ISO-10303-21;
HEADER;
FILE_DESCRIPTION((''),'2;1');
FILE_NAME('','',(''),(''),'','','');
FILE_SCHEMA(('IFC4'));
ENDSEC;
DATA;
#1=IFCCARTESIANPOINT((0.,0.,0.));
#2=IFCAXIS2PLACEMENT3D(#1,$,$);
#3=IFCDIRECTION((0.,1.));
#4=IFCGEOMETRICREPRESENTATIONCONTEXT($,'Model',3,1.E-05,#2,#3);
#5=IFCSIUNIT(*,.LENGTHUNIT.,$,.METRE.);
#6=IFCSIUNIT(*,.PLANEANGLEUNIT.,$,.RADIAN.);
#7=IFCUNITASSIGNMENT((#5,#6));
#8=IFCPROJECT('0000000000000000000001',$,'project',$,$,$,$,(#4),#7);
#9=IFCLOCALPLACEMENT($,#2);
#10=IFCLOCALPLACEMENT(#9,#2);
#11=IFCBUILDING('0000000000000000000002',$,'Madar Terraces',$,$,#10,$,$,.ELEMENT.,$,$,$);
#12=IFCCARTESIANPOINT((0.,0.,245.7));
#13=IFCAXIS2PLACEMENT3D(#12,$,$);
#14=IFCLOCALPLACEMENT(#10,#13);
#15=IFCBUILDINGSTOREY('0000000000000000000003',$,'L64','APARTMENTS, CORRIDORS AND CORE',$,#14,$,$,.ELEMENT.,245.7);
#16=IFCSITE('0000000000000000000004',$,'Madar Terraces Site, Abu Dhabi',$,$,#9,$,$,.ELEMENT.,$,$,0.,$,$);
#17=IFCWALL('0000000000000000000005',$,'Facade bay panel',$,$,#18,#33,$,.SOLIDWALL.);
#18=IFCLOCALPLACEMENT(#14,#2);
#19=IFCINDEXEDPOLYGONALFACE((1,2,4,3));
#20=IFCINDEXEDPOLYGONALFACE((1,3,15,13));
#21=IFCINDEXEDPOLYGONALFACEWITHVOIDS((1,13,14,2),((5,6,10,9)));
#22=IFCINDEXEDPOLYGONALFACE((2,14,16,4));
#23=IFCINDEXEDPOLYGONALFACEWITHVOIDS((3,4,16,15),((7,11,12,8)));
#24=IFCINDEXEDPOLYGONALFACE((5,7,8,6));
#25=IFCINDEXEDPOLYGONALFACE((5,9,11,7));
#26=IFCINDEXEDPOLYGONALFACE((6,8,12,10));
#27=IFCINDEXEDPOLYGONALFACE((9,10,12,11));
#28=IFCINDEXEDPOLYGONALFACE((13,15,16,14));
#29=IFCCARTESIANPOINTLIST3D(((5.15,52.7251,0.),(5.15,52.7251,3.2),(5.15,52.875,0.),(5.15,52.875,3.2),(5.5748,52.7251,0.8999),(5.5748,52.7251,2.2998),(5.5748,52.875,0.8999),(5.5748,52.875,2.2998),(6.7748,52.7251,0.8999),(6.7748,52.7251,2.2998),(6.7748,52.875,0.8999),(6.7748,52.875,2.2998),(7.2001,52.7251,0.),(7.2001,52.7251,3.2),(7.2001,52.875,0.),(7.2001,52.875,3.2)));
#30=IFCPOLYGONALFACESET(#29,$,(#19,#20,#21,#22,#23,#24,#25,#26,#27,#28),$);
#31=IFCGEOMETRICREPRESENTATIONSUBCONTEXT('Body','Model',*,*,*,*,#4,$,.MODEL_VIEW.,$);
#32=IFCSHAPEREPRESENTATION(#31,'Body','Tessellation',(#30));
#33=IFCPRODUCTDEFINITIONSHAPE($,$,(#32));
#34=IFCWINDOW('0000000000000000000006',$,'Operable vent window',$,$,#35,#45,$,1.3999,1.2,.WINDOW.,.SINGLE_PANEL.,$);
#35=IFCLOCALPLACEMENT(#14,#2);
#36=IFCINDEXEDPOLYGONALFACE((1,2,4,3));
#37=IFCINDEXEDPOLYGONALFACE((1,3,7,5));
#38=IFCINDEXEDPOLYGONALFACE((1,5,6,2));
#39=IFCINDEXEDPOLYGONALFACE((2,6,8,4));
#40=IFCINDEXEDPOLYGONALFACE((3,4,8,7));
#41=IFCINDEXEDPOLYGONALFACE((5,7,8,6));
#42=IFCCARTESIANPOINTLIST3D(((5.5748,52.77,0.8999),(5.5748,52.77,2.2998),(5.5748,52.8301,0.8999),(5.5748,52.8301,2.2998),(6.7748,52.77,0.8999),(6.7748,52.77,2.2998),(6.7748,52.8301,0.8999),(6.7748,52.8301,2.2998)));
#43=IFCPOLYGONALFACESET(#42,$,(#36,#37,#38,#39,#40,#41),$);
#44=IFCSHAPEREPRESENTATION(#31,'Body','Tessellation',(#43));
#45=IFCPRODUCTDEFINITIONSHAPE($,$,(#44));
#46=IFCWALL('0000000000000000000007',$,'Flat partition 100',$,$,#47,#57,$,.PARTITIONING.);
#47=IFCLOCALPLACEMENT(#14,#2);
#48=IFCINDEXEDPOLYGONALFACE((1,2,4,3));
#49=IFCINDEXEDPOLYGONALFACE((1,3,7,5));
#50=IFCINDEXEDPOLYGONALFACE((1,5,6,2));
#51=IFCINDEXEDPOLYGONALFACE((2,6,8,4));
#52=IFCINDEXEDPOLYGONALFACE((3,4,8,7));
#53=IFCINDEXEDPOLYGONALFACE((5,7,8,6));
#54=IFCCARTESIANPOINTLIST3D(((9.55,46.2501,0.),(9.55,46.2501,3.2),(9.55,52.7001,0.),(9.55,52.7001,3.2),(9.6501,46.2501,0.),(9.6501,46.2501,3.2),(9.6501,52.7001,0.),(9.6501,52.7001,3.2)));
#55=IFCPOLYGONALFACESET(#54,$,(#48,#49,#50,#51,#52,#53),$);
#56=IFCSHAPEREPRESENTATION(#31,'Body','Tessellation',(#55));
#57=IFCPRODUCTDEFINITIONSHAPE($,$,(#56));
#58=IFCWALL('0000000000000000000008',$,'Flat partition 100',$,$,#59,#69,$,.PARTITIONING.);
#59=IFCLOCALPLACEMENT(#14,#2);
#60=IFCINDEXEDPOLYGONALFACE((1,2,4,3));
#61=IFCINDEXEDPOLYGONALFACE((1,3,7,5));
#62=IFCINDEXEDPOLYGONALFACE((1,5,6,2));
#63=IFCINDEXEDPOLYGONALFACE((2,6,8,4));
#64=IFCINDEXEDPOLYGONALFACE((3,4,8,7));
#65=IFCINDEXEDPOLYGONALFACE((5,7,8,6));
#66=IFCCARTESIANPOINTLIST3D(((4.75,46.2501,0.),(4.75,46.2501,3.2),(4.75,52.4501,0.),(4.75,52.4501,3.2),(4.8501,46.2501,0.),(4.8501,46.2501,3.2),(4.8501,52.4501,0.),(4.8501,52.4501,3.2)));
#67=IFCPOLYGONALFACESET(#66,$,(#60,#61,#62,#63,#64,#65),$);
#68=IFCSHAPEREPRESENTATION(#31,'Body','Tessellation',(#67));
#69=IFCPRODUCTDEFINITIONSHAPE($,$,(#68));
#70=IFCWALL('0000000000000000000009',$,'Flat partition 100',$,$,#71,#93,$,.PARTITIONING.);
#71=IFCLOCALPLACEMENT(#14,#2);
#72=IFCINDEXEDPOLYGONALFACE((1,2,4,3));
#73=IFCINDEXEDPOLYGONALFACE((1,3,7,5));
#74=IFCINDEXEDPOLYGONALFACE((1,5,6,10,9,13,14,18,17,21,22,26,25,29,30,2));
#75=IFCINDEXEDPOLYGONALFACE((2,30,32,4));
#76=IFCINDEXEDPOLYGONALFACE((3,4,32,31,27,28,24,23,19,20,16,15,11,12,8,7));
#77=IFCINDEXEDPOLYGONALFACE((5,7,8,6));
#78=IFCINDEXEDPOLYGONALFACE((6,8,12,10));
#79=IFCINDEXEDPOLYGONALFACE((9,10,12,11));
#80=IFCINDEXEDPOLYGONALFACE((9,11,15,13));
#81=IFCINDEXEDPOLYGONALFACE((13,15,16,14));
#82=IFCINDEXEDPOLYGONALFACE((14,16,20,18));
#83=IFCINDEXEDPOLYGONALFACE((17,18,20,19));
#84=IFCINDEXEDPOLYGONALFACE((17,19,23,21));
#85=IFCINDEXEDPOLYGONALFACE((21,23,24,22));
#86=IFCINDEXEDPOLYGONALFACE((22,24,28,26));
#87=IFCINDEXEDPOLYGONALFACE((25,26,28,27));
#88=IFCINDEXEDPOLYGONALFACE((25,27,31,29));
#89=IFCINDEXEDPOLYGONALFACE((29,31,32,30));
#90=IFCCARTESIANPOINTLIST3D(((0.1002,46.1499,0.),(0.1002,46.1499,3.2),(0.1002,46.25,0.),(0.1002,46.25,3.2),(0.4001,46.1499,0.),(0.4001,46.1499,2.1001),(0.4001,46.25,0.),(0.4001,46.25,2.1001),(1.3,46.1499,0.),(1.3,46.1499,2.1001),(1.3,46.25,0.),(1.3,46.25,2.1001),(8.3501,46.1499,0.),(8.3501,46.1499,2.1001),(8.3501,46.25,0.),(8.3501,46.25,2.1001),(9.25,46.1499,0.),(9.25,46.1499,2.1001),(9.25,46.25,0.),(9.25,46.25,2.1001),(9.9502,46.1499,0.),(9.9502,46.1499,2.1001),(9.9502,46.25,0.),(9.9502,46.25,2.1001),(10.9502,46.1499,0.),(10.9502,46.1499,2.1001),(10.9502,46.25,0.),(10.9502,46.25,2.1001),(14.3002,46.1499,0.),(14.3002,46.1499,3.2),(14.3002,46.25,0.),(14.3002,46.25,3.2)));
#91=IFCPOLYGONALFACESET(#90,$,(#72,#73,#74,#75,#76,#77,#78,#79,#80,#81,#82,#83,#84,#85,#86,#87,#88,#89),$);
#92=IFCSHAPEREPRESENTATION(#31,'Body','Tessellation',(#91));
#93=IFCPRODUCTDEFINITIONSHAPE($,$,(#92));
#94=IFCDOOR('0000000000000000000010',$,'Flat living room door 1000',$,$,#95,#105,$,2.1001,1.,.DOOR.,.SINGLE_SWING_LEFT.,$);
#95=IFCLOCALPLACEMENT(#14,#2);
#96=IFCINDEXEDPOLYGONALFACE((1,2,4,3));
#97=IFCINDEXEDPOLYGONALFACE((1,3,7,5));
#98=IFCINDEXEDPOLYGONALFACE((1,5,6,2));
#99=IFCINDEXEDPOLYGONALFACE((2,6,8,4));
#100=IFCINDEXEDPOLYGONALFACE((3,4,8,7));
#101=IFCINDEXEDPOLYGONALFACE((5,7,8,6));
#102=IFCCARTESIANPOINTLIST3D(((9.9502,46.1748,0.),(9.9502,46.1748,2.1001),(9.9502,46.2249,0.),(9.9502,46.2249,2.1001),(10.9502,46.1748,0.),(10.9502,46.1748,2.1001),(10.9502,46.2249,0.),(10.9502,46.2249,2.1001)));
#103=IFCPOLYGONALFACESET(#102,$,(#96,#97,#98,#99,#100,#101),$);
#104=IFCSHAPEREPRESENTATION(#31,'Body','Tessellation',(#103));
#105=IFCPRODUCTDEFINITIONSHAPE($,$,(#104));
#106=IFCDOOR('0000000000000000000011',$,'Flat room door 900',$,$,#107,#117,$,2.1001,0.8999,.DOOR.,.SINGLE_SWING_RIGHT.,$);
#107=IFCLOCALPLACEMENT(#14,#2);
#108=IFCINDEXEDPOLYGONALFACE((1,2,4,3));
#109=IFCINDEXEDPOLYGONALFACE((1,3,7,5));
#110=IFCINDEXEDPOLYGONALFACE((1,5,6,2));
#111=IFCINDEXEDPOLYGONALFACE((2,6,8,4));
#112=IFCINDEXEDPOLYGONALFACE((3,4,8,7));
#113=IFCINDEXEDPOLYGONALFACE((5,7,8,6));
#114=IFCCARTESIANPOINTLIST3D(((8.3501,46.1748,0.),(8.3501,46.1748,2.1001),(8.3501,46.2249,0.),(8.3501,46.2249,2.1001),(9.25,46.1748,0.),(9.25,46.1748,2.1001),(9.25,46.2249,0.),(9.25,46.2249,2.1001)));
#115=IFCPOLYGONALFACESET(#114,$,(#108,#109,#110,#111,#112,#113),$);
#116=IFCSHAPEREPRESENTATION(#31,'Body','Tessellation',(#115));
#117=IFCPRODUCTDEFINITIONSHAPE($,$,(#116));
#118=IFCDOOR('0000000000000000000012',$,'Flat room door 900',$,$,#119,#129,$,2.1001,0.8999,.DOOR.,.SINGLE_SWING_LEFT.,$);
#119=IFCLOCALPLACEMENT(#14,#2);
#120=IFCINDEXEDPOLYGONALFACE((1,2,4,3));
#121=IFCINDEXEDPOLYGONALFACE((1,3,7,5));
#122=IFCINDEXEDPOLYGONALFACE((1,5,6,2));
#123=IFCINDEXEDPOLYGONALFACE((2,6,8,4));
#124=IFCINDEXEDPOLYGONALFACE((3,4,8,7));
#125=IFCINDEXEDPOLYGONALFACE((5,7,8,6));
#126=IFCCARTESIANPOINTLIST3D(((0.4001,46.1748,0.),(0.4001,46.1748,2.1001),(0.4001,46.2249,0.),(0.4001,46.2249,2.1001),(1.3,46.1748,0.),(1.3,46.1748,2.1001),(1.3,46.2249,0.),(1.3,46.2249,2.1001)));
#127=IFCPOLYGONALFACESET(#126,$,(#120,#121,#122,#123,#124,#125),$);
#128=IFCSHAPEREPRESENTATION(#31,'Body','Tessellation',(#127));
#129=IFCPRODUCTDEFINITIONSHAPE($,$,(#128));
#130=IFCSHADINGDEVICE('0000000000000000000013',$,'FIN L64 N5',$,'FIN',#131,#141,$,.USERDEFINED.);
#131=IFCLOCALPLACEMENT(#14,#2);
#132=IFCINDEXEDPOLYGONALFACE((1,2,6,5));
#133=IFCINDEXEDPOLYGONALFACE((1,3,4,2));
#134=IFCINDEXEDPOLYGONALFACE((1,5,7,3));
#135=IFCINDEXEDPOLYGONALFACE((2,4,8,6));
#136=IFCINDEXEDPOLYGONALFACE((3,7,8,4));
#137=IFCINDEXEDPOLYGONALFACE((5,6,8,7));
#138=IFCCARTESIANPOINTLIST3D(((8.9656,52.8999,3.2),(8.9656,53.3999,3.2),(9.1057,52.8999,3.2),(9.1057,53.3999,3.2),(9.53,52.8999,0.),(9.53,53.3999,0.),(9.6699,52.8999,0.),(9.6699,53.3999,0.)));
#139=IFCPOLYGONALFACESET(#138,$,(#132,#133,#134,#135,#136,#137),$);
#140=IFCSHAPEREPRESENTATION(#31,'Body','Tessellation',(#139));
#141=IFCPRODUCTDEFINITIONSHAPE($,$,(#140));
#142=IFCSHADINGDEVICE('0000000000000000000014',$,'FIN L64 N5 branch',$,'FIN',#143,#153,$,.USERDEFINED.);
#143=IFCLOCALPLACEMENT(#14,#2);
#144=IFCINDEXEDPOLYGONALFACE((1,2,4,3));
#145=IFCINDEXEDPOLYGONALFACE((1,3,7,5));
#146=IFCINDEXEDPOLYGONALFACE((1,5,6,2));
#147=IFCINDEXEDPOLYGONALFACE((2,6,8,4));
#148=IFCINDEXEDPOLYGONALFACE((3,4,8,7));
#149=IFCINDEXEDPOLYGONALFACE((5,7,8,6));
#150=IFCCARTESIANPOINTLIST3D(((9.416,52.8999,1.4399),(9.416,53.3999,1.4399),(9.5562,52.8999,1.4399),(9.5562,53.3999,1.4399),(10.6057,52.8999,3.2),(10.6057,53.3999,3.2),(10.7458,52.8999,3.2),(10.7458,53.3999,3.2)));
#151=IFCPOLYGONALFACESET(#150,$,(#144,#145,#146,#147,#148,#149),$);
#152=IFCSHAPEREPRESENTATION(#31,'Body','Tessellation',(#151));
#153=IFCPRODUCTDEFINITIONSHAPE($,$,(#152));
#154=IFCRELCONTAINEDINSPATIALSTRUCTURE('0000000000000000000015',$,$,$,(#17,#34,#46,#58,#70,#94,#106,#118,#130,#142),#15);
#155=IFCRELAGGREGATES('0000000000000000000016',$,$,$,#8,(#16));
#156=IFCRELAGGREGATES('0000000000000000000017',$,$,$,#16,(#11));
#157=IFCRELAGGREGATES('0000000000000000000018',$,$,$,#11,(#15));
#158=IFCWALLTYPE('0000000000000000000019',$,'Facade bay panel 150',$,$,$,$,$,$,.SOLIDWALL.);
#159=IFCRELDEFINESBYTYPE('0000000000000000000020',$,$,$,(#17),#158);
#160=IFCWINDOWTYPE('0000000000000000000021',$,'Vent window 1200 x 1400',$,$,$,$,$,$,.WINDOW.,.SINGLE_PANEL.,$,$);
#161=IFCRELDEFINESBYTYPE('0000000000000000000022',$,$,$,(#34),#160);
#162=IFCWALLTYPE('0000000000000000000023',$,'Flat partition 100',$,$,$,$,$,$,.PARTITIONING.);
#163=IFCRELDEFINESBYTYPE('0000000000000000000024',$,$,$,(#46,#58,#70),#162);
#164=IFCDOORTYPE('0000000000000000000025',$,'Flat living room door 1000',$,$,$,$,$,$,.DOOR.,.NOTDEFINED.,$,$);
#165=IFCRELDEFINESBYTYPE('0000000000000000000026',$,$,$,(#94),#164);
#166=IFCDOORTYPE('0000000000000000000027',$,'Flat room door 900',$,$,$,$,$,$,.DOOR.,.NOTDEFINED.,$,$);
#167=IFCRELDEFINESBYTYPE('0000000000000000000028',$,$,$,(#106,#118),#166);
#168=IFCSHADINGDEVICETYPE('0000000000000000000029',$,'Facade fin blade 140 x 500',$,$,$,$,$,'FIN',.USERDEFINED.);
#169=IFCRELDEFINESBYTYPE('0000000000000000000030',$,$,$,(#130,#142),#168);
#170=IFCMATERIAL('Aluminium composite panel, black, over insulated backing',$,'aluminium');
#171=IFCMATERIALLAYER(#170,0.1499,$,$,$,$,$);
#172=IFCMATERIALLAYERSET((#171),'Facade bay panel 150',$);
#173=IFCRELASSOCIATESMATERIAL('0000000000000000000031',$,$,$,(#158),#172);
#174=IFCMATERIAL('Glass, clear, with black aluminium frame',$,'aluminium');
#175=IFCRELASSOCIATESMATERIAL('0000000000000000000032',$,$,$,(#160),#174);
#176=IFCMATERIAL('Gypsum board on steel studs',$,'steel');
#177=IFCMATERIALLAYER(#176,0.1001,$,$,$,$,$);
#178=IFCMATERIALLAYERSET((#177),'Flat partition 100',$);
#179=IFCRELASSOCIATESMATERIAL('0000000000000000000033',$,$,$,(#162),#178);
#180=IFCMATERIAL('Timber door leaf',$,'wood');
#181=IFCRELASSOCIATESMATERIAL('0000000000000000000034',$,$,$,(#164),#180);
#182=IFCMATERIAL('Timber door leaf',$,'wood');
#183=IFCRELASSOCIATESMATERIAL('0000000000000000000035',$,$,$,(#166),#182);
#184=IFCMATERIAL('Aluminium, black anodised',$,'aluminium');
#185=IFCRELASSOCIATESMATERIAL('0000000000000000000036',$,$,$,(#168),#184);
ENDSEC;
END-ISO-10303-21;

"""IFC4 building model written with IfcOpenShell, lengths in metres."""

from ifc_helpers import new_model, si_unit, direction, frame, frame_2d, origin, place, context, subcontext, project, spatial, polyline, rectangle, outline, extrude, material, layer, layer_set, type_object, element, fill, save


model = new_model("IFC4")

# Units and contexts
model_context = context("Model", 3, precision=1e-05, world=origin(), true_north=direction((0.0, 1.0)))
body_context = subcontext(model_context, "Body", "Model", "MODEL_VIEW")
ifc_project = project(units=[si_unit("LENGTHUNIT", "METRE"), si_unit("PLANEANGLEUNIT", "RADIAN")], contexts=[model_context])

# Site, building, storey
site_placement = place(None, origin())
site = spatial("IfcSite", under=ifc_project, at=site_placement, Name="Madar Terraces Site, Abu Dhabi", CompositionType="ELEMENT", RefElevation=0.0)
building_placement = place(site_placement, origin())
building = spatial("IfcBuilding", under=site, at=building_placement, Name="Madar Terraces", CompositionType="ELEMENT")
storey_placement = place(building_placement, frame((0.0, 0.0, 245.7)))
storey = spatial("IfcBuildingStorey", under=building, at=storey_placement, Name="L64", Description="APARTMENTS, CORRIDORS AND CORE", CompositionType="ELEMENT", Elevation=245.7)

# Shared definitions
ifc_material_1 = material(Name="Aluminium composite panel, black, over insulated backing", Category="aluminium")
ifc_layer_1 = layer(ifc_material_1, 0.1499)
ifc_layer_set_1 = layer_set([ifc_layer_1], Name="Facade bay panel 150")
wall_type_1 = type_object("IfcWallType", Name="Facade bay panel 150", PredefinedType="SOLIDWALL", material=ifc_layer_set_1)

# Wall, opening, window
wall_1_placement = place(storey_placement, frame((7.2, 52.8, 0.0), z_axis=(0.0, 0.0, 1.0), x_axis=(-1.0, 0.0, 0.0)))
wall_1 = element("IfcWall", 1, at=wall_1_placement, inside=storey, type_object=wall_type_1, Name="Facade bay panel", PredefinedType="SOLIDWALL", context=body_context, shape_type="SweptSolid", body=[
    extrude(rectangle(XDim=2.05, YDim=0.1499, at=frame_2d((1.0249, 0.0))), origin(), (0.0, 0.0, 1.0), 3.2),
])
opening_1_placement = place(wall_1_placement, frame((0.425, 0.0, 0.8999)))
opening_1 = element("IfcOpeningElement", 2, at=opening_1_placement, cuts=wall_1, PredefinedType="OPENING", context=body_context, shape_type="SweptSolid", body=[
    extrude(rectangle(XDim=1.2, YDim=1.3999, at=frame_2d((0.6001, 0.7))), frame((0.0, 0.085, 0.0), z_axis=(0.0, -1.0, 0.0), x_axis=(1.0, 0.0, 0.0)), (0.0, 0.0, 1.0), 0.1699),
])
ifc_material_2 = material(Name="Glass, clear, with black aluminium frame", Category="aluminium")
window_type = type_object("IfcWindowType", Name="Vent window 1200 x 1400", PartitioningType="SINGLE_PANEL", PredefinedType="WINDOW", material=ifc_material_2)
window_placement = place(opening_1_placement, origin())
window = element("IfcWindow", 3, at=window_placement, inside=storey, type_object=window_type, Name="Operable vent window", OverallHeight=1.3999, OverallWidth=1.2, PartitioningType="SINGLE_PANEL", PredefinedType="WINDOW", context=body_context, shape_type="SweptSolid", body=[
    extrude(rectangle(XDim=1.2, YDim=1.3999, at=frame_2d((0.6001, 0.7))), frame((0.0, 0.03, 0.0), z_axis=(0.0, -1.0, 0.0), x_axis=(1.0, 0.0, 0.0)), (0.0, 0.0, 1.0), 0.0601),
])
fill(opening_1, window)

# Walls
ifc_material_3 = material(Name="Gypsum board on steel studs", Category="steel")
ifc_layer_2 = layer(ifc_material_3, 0.1001)
ifc_layer_set_2 = layer_set([ifc_layer_2], Name="Flat partition 100")
wall_type_2 = type_object("IfcWallType", Name="Flat partition 100", PredefinedType="PARTITIONING", material=ifc_layer_set_2)
wall_2_placement = place(storey_placement, frame((9.6001, 46.25, 0.0), z_axis=(0.0, 0.0, 1.0), x_axis=(0.0, 1.0, 0.0)))
element("IfcWall", 4, at=wall_2_placement, inside=storey, type_object=wall_type_2, Name="Flat partition 100", PredefinedType="PARTITIONING", context=body_context, shape_type="SweptSolid", body=[
    extrude(rectangle(XDim=6.45, YDim=0.1001, at=frame_2d((3.2251, 0.0))), origin(), (0.0, 0.0, 1.0), 3.2),
])
wall_3_placement = place(storey_placement, frame((4.8, 46.25, 0.0), z_axis=(0.0, 0.0, 1.0), x_axis=(0.0, 1.0, 0.0)))
element("IfcWall", 5, at=wall_3_placement, inside=storey, type_object=wall_type_2, Name="Flat partition 100", PredefinedType="PARTITIONING", context=body_context, shape_type="SweptSolid", body=[
    extrude(rectangle(XDim=6.2, YDim=0.1001, at=frame_2d((3.1001, 0.0))), origin(), (0.0, 0.0, 1.0), 3.2),
])

# Wall, openings, doors
wall_4_placement = place(storey_placement, frame((0.1001, 46.2, 0.0), z_axis=(0.0, 0.0, 1.0), x_axis=(1.0, 0.0, 0.0)))
wall_4 = element("IfcWall", 6, at=wall_4_placement, inside=storey, type_object=wall_type_2, Name="Flat partition 100", PredefinedType="PARTITIONING", context=body_context, shape_type="SweptSolid", body=[
    extrude(rectangle(XDim=14.2, YDim=0.1001, at=frame_2d((7.1001, 0.0))), origin(), (0.0, 0.0, 1.0), 3.2),
])
opening_2_placement = place(wall_4_placement, frame((9.8501, 0.0, 0.0)))
opening_2 = element("IfcOpeningElement", 7, at=opening_2_placement, cuts=wall_4, PredefinedType="OPENING", context=body_context, shape_type="SweptSolid", body=[
    extrude(rectangle(XDim=1.0, YDim=2.1001, at=frame_2d((0.5, 1.05))), frame((0.0, 0.0601, 0.0), z_axis=(0.0, -1.0, 0.0), x_axis=(1.0, 0.0, 0.0)), (0.0, 0.0, 1.0), 0.1201),
])
opening_3_placement = place(wall_4_placement, frame((8.25, 0.0, 0.0)))
opening_3 = element("IfcOpeningElement", 8, at=opening_3_placement, cuts=wall_4, PredefinedType="OPENING", context=body_context, shape_type="SweptSolid", body=[
    extrude(rectangle(XDim=0.8999, YDim=2.1001, at=frame_2d((0.45, 1.05))), frame((0.0, 0.0601, 0.0), z_axis=(0.0, -1.0, 0.0), x_axis=(1.0, 0.0, 0.0)), (0.0, 0.0, 1.0), 0.1201),
])
opening_4_placement = place(wall_4_placement, frame((0.3, 0.0, 0.0)))
opening_4 = element("IfcOpeningElement", 9, at=opening_4_placement, cuts=wall_4, PredefinedType="OPENING", context=body_context, shape_type="SweptSolid", body=[
    extrude(rectangle(XDim=0.8999, YDim=2.1001, at=frame_2d((0.45, 1.05))), frame((0.0, 0.0601, 0.0), z_axis=(0.0, -1.0, 0.0), x_axis=(1.0, 0.0, 0.0)), (0.0, 0.0, 1.0), 0.1201),
])
ifc_material_4 = material(Name="Timber door leaf", Category="wood")
door_type_1 = type_object("IfcDoorType", Name="Flat living room door 1000", OperationType="NOTDEFINED", PredefinedType="DOOR", material=ifc_material_4)
door_1_placement = place(opening_2_placement, origin())
door_1 = element("IfcDoor", 10, at=door_1_placement, inside=storey, type_object=door_type_1, Name="Flat living room door 1000", OperationType="SINGLE_SWING_LEFT", OverallHeight=2.1001, OverallWidth=1.0, PredefinedType="DOOR", context=body_context, shape_type="SweptSolid", body=[
    extrude(rectangle(XDim=1.0, YDim=2.1001, at=frame_2d((0.5, 1.05))), frame((0.0, 0.0249, 0.0), z_axis=(0.0, -1.0, 0.0), x_axis=(1.0, 0.0, 0.0)), (0.0, 0.0, 1.0), 0.05),
])
fill(opening_2, door_1)
ifc_material_5 = material(Name="Timber door leaf", Category="wood")
door_type_2 = type_object("IfcDoorType", Name="Flat room door 900", OperationType="NOTDEFINED", PredefinedType="DOOR", material=ifc_material_5)
door_2_placement = place(opening_3_placement, origin())
door_2 = element("IfcDoor", 11, at=door_2_placement, inside=storey, type_object=door_type_2, Name="Flat room door 900", OperationType="SINGLE_SWING_RIGHT", OverallHeight=2.1001, OverallWidth=0.8999, PredefinedType="DOOR", context=body_context, shape_type="SweptSolid", body=[
    extrude(rectangle(XDim=0.8999, YDim=2.1001, at=frame_2d((0.45, 1.05))), frame((0.0, 0.0249, 0.0), z_axis=(0.0, -1.0, 0.0), x_axis=(1.0, 0.0, 0.0)), (0.0, 0.0, 1.0), 0.05),
])
fill(opening_3, door_2)
door_3_placement = place(opening_4_placement, origin())
door_3 = element("IfcDoor", 12, at=door_3_placement, inside=storey, type_object=door_type_2, Name="Flat room door 900", OperationType="SINGLE_SWING_LEFT", OverallHeight=2.1001, OverallWidth=0.8999, PredefinedType="DOOR", context=body_context, shape_type="SweptSolid", body=[
    extrude(rectangle(XDim=0.8999, YDim=2.1001, at=frame_2d((0.45, 1.05))), frame((0.0, 0.0249, 0.0), z_axis=(0.0, -1.0, 0.0), x_axis=(1.0, 0.0, 0.0)), (0.0, 0.0, 1.0), 0.05),
])
fill(opening_4, door_3)

# Shading devices
ifc_material_6 = material(Name="Aluminium, black anodised", Category="aluminium")
shading_device_type = type_object("IfcShadingDeviceType", Name="Facade fin blade 140 x 500", ElementType="FIN", PredefinedType="USERDEFINED", material=ifc_material_6)
shading_device_1_placement = place(storey_placement, frame((9.6699, 53.1499, 0.0), z_axis=(0.0, 0.0, 1.0), x_axis=(-1.0, 0.0, 0.0)))
element("IfcShadingDevice", 13, at=shading_device_1_placement, inside=storey, type_object=shading_device_type, Name="FIN L64 N5", ObjectType="FIN", PredefinedType="USERDEFINED", context=body_context, shape_type="SweptSolid", body=[
    extrude(outline(polyline([(0.0, 0.0), (0.1399, 0.0), (0.7043, 3.2), (0.5642, 3.2), (0.0, 0.0)])), frame((0.0, 0.25, 0.0), z_axis=(0.0, -1.0, 0.0), x_axis=(1.0, 0.0, 0.0)), (0.0, 0.0, 1.0), 0.5),
])
shading_device_2_placement = place(storey_placement, frame((9.5562, 53.1499, 1.4399), z_axis=(0.0, 0.0, 1.0), x_axis=(-1.0, 0.0, 0.0)))
element("IfcShadingDevice", 14, at=shading_device_2_placement, inside=storey, type_object=shading_device_type, Name="FIN L64 N5 branch", ObjectType="FIN", PredefinedType="USERDEFINED", context=body_context, shape_type="SweptSolid", body=[
    extrude(outline(polyline([(0.0, 0.0), (0.1401, 0.0), (-1.0496, 1.76), (-1.1897, 1.76), (0.0, 0.0)])), frame((0.0, 0.25, 0.0), z_axis=(0.0, -1.0, 0.0), x_axis=(1.0, 0.0, 0.0)), (0.0, 0.0, 1.0), 0.5),
])

save(model, "model.ifc")
